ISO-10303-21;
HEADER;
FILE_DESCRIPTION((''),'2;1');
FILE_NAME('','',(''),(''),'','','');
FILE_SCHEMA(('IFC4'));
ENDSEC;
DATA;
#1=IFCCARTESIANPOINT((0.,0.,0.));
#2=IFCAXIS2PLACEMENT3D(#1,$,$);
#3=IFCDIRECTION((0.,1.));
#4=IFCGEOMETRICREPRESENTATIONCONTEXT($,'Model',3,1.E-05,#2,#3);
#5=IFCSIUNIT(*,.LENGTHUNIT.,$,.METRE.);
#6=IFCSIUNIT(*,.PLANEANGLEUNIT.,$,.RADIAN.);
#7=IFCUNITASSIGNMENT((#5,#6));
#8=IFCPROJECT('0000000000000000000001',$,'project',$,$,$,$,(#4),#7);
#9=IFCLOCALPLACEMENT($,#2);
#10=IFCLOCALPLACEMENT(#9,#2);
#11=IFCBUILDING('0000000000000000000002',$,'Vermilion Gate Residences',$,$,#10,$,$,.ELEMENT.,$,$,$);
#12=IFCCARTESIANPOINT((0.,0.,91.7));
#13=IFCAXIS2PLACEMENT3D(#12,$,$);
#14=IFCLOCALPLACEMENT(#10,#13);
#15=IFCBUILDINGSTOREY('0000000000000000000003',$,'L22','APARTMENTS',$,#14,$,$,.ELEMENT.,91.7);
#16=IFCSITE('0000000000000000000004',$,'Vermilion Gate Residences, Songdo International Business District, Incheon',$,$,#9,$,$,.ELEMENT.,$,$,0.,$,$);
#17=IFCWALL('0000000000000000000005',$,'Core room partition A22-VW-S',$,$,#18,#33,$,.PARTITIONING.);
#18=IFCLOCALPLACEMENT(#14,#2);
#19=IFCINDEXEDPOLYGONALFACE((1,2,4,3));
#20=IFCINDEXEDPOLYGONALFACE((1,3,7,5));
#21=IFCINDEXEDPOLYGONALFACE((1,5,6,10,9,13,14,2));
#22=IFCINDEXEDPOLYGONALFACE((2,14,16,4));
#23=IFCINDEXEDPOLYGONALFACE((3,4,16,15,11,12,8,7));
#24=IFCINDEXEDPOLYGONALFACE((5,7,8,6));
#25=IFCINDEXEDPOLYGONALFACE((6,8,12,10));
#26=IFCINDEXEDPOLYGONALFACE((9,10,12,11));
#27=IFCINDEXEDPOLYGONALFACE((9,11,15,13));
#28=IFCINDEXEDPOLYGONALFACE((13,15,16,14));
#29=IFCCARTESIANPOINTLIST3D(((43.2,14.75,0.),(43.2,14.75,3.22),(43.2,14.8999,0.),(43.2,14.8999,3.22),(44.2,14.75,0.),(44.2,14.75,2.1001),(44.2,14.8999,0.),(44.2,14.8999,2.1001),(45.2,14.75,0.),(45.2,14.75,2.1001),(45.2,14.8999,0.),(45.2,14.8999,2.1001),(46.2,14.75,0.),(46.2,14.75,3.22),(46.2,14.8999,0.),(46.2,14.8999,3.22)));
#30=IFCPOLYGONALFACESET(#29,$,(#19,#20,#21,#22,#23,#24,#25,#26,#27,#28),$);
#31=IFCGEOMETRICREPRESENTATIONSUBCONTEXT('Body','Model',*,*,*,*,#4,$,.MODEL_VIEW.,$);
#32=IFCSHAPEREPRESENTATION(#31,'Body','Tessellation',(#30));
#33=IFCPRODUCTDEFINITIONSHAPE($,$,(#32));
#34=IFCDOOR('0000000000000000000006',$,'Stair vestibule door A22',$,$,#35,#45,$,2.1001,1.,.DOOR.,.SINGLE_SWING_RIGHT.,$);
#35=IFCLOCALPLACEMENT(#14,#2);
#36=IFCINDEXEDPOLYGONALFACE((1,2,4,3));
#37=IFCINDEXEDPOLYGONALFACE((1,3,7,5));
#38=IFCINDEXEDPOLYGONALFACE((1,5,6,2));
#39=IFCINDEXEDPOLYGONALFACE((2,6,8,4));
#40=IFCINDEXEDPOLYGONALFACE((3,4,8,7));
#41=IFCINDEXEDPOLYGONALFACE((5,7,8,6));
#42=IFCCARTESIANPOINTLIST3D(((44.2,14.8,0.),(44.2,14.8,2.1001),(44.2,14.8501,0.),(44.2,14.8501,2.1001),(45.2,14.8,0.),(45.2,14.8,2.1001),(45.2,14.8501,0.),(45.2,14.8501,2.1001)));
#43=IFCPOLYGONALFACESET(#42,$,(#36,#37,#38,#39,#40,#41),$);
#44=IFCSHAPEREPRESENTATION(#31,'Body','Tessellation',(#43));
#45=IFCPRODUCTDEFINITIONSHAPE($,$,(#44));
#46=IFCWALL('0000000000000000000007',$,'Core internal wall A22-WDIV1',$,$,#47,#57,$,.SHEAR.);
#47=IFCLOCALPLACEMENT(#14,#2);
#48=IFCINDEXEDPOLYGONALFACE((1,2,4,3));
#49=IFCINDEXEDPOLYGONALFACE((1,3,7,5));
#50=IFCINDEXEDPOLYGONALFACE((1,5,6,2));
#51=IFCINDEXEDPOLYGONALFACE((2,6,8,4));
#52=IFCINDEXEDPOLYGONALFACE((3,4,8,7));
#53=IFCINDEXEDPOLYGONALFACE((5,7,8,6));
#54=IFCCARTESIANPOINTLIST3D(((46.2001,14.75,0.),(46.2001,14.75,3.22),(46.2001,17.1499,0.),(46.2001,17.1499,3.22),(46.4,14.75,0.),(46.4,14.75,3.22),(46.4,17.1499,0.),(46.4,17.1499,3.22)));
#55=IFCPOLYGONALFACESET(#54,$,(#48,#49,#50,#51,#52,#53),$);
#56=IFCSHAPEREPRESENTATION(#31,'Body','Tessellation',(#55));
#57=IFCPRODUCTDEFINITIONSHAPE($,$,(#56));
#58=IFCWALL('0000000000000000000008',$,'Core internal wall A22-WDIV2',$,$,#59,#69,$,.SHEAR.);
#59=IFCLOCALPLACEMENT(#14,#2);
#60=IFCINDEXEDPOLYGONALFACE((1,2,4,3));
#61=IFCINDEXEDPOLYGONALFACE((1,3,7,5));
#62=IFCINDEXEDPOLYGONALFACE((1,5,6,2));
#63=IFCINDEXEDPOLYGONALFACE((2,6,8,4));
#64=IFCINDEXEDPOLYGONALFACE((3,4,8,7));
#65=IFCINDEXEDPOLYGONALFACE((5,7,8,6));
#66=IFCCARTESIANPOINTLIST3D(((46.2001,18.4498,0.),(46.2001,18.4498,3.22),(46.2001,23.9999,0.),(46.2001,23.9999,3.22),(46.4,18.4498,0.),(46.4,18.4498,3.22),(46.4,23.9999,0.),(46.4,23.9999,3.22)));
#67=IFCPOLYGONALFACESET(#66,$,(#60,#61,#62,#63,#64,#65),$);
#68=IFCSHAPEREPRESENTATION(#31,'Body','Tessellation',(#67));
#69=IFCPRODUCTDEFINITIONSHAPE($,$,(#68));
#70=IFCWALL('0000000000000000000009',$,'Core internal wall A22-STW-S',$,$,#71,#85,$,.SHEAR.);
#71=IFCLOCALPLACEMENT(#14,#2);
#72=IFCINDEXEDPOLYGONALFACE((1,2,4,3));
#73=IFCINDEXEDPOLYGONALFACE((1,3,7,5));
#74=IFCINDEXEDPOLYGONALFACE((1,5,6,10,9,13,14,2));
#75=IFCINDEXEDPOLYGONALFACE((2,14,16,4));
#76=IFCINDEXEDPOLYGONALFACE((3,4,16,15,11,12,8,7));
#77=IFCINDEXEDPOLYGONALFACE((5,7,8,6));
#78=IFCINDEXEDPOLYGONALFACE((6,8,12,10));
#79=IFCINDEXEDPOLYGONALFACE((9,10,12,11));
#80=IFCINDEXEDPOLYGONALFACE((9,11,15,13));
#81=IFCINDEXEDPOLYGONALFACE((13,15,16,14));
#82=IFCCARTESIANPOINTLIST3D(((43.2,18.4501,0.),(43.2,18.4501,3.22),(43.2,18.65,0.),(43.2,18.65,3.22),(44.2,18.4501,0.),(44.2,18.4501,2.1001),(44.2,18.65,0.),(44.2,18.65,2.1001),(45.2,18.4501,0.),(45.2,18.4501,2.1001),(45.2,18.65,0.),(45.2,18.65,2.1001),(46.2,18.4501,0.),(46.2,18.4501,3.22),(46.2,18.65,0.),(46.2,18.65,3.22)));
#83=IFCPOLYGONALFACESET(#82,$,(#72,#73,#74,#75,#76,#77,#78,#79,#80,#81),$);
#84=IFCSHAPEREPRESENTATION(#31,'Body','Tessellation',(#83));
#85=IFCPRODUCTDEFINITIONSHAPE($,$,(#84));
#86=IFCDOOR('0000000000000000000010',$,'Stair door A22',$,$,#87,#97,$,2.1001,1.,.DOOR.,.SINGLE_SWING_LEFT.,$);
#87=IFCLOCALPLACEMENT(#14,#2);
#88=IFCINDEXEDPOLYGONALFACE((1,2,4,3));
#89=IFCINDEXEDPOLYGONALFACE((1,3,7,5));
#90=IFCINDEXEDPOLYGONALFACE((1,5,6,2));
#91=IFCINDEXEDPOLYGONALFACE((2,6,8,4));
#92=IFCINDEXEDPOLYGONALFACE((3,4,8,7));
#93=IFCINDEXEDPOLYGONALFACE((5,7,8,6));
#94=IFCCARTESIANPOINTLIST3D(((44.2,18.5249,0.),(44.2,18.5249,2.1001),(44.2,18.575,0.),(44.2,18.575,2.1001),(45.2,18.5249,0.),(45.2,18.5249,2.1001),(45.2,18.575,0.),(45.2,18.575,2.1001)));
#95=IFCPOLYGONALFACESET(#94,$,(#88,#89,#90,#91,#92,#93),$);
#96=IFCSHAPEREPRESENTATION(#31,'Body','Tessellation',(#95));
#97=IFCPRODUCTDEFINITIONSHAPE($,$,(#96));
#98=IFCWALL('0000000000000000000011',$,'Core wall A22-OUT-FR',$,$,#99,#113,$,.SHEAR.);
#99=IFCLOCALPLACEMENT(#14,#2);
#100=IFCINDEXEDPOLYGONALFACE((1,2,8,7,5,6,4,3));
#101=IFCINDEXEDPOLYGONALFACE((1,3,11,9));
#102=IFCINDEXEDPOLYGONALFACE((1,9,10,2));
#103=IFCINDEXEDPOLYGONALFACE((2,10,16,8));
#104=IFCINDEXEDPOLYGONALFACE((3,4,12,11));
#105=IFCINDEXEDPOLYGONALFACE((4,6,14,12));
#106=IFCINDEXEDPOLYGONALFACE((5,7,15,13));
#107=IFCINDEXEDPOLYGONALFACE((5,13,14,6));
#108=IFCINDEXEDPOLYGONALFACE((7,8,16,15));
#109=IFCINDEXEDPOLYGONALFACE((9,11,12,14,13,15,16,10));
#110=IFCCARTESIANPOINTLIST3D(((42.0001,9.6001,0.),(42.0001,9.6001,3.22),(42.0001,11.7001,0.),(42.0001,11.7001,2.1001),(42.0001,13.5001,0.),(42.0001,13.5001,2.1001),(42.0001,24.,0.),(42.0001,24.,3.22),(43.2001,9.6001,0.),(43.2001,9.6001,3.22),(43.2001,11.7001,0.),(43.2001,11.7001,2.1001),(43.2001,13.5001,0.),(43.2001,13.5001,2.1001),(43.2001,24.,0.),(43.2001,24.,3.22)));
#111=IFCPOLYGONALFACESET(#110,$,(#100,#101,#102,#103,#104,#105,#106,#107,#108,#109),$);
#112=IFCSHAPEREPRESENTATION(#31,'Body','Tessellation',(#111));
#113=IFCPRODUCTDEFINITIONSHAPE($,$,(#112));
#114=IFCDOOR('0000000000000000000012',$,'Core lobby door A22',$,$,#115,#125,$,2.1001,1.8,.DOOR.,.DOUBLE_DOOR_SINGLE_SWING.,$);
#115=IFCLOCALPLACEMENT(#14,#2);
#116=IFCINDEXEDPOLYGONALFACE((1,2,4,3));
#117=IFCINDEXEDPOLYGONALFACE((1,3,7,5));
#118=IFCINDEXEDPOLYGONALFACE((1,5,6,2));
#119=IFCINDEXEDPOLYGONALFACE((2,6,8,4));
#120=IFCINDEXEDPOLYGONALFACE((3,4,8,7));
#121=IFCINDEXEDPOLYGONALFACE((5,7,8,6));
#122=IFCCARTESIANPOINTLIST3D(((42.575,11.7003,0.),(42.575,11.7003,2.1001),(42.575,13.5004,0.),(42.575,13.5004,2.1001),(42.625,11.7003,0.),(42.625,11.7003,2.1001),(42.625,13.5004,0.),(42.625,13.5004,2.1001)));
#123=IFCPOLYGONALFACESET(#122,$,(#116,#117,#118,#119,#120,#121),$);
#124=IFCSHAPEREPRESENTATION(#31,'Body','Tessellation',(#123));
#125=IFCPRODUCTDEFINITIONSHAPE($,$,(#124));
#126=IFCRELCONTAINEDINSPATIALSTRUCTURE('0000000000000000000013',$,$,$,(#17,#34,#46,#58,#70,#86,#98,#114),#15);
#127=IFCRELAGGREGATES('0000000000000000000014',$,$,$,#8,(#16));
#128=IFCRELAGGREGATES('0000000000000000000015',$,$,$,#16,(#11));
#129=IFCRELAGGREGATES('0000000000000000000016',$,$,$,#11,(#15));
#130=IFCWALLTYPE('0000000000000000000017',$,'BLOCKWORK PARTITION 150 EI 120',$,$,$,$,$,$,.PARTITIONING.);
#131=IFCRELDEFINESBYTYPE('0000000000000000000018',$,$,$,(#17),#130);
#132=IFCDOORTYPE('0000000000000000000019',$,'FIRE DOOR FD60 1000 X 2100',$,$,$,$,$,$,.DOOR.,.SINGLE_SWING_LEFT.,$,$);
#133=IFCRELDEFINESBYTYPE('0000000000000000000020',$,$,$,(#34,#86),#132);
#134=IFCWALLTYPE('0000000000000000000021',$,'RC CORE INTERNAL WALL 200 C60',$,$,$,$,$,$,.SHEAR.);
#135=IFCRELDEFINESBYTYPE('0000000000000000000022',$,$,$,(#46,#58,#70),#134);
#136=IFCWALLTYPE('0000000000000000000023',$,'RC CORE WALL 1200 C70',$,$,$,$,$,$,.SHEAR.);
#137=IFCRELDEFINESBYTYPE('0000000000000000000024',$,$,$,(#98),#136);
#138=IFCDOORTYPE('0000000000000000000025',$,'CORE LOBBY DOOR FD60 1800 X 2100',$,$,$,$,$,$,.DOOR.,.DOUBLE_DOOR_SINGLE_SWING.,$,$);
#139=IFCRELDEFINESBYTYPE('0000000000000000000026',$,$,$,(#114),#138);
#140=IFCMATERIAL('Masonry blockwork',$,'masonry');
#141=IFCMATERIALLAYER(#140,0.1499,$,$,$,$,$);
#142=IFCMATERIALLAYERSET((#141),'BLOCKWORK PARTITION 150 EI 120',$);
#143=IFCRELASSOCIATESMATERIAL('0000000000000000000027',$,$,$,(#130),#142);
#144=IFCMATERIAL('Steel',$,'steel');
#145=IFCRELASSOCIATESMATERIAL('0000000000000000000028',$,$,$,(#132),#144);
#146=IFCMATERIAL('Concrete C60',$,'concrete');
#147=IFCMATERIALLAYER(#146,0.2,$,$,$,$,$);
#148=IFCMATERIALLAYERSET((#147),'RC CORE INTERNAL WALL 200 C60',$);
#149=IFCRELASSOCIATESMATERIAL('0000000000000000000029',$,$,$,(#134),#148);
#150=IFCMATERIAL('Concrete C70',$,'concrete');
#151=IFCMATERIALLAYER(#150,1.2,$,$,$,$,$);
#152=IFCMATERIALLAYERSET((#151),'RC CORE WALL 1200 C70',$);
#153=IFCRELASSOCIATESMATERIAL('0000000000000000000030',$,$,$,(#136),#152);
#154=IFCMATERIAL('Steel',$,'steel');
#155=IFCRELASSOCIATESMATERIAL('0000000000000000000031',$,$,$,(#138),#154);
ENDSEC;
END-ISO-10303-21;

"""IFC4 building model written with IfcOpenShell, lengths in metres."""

from ifc_helpers import new_model, si_unit, direction, frame, frame_2d, origin, place, context, subcontext, project, spatial, rectangle, extrude, material, layer, layer_set, type_object, element, fill, save


model = new_model("IFC4")

# Units and contexts
model_context = context("Model", 3, precision=1e-05, world=origin(), true_north=direction((0.0, 1.0)))
body_context = subcontext(model_context, "Body", "Model", "MODEL_VIEW")
ifc_project = project(units=[si_unit("LENGTHUNIT", "METRE"), si_unit("PLANEANGLEUNIT", "RADIAN")], contexts=[model_context])

# Site, building, storey
site_placement = place(None, origin())
site = spatial("IfcSite", under=ifc_project, at=site_placement, Name="Vermilion Gate Residences, Songdo International Business District, Incheon", CompositionType="ELEMENT", RefElevation=0.0)
building_placement = place(site_placement, origin())
building = spatial("IfcBuilding", under=site, at=building_placement, Name="Vermilion Gate Residences", CompositionType="ELEMENT")
storey_placement = place(building_placement, frame((0.0, 0.0, 91.7)))
storey = spatial("IfcBuildingStorey", under=building, at=storey_placement, Name="L22", Description="APARTMENTS", CompositionType="ELEMENT", Elevation=91.7)

# Wall, opening, door
ifc_material_1 = material(Name="Masonry blockwork", Category="masonry")
ifc_layer_1 = layer(ifc_material_1, 0.1499)
ifc_layer_set_1 = layer_set([ifc_layer_1], Name="BLOCKWORK PARTITION 150 EI 120")
wall_type_1 = type_object("IfcWallType", Name="BLOCKWORK PARTITION 150 EI 120", PredefinedType="PARTITIONING", material=ifc_layer_set_1)
wall_1_placement = place(storey_placement, frame((43.2, 14.825, 0.0), z_axis=(0.0, 0.0, 1.0), x_axis=(1.0, 0.0, 0.0)))
wall_1 = element("IfcWall", 1, at=wall_1_placement, inside=storey, type_object=wall_type_1, Name="Core room partition A22-VW-S", PredefinedType="PARTITIONING", context=body_context, shape_type="SweptSolid", body=[
    extrude(rectangle(XDim=3.0, YDim=0.1499, at=frame_2d((1.5, 0.0))), origin(), (0.0, 0.0, 1.0), 3.22),
])
opening_1_placement = place(wall_1_placement, frame((1.0, 0.0, 0.0)))
opening_1 = element("IfcOpeningElement", 2, at=opening_1_placement, cuts=wall_1, PredefinedType="OPENING", context=body_context, shape_type="SweptSolid", body=[
    extrude(rectangle(XDim=1.0, YDim=2.1001, at=frame_2d((0.5, 1.05))), frame((0.0, 0.085, 0.0), z_axis=(0.0, -1.0, 0.0), x_axis=(1.0, 0.0, 0.0)), (0.0, 0.0, 1.0), 0.1699),
])
ifc_material_2 = material(Name="Steel", Category="steel")
door_type_1 = type_object("IfcDoorType", Name="FIRE DOOR FD60 1000 X 2100", OperationType="SINGLE_SWING_LEFT", PredefinedType="DOOR", material=ifc_material_2)
door_1_placement = place(opening_1_placement, frame((1.0, 0.0, 0.0), z_axis=(0.0, 0.0, 1.0), x_axis=(-1.0, 0.0, 0.0)))
door_1 = element("IfcDoor", 3, at=door_1_placement, inside=storey, type_object=door_type_1, Name="Stair vestibule door A22", OperationType="SINGLE_SWING_RIGHT", OverallHeight=2.1001, OverallWidth=1.0, PredefinedType="DOOR", context=body_context, shape_type="SweptSolid", body=[
    extrude(rectangle(XDim=1.0, YDim=2.1001, at=frame_2d((0.5, 1.05))), frame((0.0, 0.0249, 0.0), z_axis=(0.0, -1.0, 0.0), x_axis=(1.0, 0.0, 0.0)), (0.0, 0.0, 1.0), 0.05),
])
fill(opening_1, door_1)

# Walls
ifc_material_3 = material(Name="Concrete C60", Category="concrete")
ifc_layer_2 = layer(ifc_material_3, 0.2)
ifc_layer_set_2 = layer_set([ifc_layer_2], Name="RC CORE INTERNAL WALL 200 C60")
wall_type_2 = type_object("IfcWallType", Name="RC CORE INTERNAL WALL 200 C60", PredefinedType="SHEAR", material=ifc_layer_set_2)
wall_2_placement = place(storey_placement, frame((46.3, 14.75, 0.0), z_axis=(0.0, 0.0, 1.0), x_axis=(0.0, 1.0, 0.0)))
element("IfcWall", 4, at=wall_2_placement, inside=storey, type_object=wall_type_2, Name="Core internal wall A22-WDIV1", PredefinedType="SHEAR", context=body_context, shape_type="SweptSolid", body=[
    extrude(rectangle(XDim=2.3999, YDim=0.2, at=frame_2d((1.2, 0.0))), origin(), (0.0, 0.0, 1.0), 3.22),
])
wall_3_placement = place(storey_placement, frame((46.3, 18.45, 0.0), z_axis=(0.0, 0.0, 1.0), x_axis=(0.0, 1.0, 0.0)))
element("IfcWall", 5, at=wall_3_placement, inside=storey, type_object=wall_type_2, Name="Core internal wall A22-WDIV2", PredefinedType="SHEAR", context=body_context, shape_type="SweptSolid", body=[
    extrude(rectangle(XDim=5.55, YDim=0.2, at=frame_2d((2.7749, 0.0))), origin(), (0.0, 0.0, 1.0), 3.22),
])

# Walls, openings, doors
wall_4_placement = place(storey_placement, frame((43.2, 18.55, 0.0), z_axis=(0.0, 0.0, 1.0), x_axis=(1.0, 0.0, 0.0)))
wall_4 = element("IfcWall", 6, at=wall_4_placement, inside=storey, type_object=wall_type_2, Name="Core internal wall A22-STW-S", PredefinedType="SHEAR", context=body_context, shape_type="SweptSolid", body=[
    extrude(rectangle(XDim=3.0, YDim=0.2, at=frame_2d((1.5, 0.0))), origin(), (0.0, 0.0, 1.0), 3.22),
])
opening_2_placement = place(wall_4_placement, frame((1.0, 0.0, 0.0)))
opening_2 = element("IfcOpeningElement", 7, at=opening_2_placement, cuts=wall_4, PredefinedType="OPENING", context=body_context, shape_type="SweptSolid", body=[
    extrude(rectangle(XDim=1.0, YDim=2.1001, at=frame_2d((0.5, 1.05))), frame((0.0, 0.1099, 0.0), z_axis=(0.0, -1.0, 0.0), x_axis=(1.0, 0.0, 0.0)), (0.0, 0.0, 1.0), 0.22),
])
door_2_placement = place(opening_2_placement, origin())
door_2 = element("IfcDoor", 8, at=door_2_placement, inside=storey, type_object=door_type_1, Name="Stair door A22", OperationType="SINGLE_SWING_LEFT", OverallHeight=2.1001, OverallWidth=1.0, PredefinedType="DOOR", context=body_context, shape_type="SweptSolid", body=[
    extrude(rectangle(XDim=1.0, YDim=2.1001, at=frame_2d((0.5, 1.05))), frame((0.0, 0.0249, 0.0), z_axis=(0.0, -1.0, 0.0), x_axis=(1.0, 0.0, 0.0)), (0.0, 0.0, 1.0), 0.05),
])
fill(opening_2, door_2)
ifc_material_4 = material(Name="Concrete C70", Category="concrete")
ifc_layer_3 = layer(ifc_material_4, 1.2)
ifc_layer_set_3 = layer_set([ifc_layer_3], Name="RC CORE WALL 1200 C70")
wall_type_3 = type_object("IfcWallType", Name="RC CORE WALL 1200 C70", PredefinedType="SHEAR", material=ifc_layer_set_3)
wall_5_placement = place(storey_placement, frame((42.6001, 9.6001, 0.0), z_axis=(0.0, 0.0, 1.0), x_axis=(0.0, 1.0, 0.0)))
wall_5 = element("IfcWall", 9, at=wall_5_placement, inside=storey, type_object=wall_type_3, Name="Core wall A22-OUT-FR", PredefinedType="SHEAR", context=body_context, shape_type="SweptSolid", body=[
    extrude(rectangle(XDim=14.3999, YDim=1.2, at=frame_2d((7.2, 0.0))), origin(), (0.0, 0.0, 1.0), 3.22),
])
opening_3_placement = place(wall_5_placement, frame((2.1001, 0.0, 0.0)))
opening_3 = element("IfcOpeningElement", 10, at=opening_3_placement, cuts=wall_5, PredefinedType="OPENING", context=body_context, shape_type="SweptSolid", body=[
    extrude(rectangle(XDim=1.8, YDim=2.1001, at=frame_2d((0.8999, 1.05))), frame((0.0, 0.6099, 0.0), z_axis=(0.0, -1.0, 0.0), x_axis=(1.0, 0.0, 0.0)), (0.0, 0.0, 1.0), 1.22),
])
ifc_material_5 = material(Name="Steel", Category="steel")
door_type_2 = type_object("IfcDoorType", Name="CORE LOBBY DOOR FD60 1800 X 2100", OperationType="DOUBLE_DOOR_SINGLE_SWING", PredefinedType="DOOR", material=ifc_material_5)
door_3_placement = place(opening_3_placement, frame((1.8, 0.0, 0.0), z_axis=(0.0, 0.0, 1.0), x_axis=(-1.0, 0.0, 0.0)))
door_3 = element("IfcDoor", 11, at=door_3_placement, inside=storey, type_object=door_type_2, Name="Core lobby door A22", OperationType="DOUBLE_DOOR_SINGLE_SWING", OverallHeight=2.1001, OverallWidth=1.8, PredefinedType="DOOR", context=body_context, shape_type="SweptSolid", body=[
    extrude(rectangle(XDim=1.8, YDim=2.1001, at=frame_2d((0.8999, 1.05))), frame((0.0, 0.0249, 0.0), z_axis=(0.0, -1.0, 0.0), x_axis=(1.0, 0.0, 0.0)), (0.0, 0.0, 1.0), 0.05),
])
fill(opening_3, door_3)

save(model, "model.ifc")
